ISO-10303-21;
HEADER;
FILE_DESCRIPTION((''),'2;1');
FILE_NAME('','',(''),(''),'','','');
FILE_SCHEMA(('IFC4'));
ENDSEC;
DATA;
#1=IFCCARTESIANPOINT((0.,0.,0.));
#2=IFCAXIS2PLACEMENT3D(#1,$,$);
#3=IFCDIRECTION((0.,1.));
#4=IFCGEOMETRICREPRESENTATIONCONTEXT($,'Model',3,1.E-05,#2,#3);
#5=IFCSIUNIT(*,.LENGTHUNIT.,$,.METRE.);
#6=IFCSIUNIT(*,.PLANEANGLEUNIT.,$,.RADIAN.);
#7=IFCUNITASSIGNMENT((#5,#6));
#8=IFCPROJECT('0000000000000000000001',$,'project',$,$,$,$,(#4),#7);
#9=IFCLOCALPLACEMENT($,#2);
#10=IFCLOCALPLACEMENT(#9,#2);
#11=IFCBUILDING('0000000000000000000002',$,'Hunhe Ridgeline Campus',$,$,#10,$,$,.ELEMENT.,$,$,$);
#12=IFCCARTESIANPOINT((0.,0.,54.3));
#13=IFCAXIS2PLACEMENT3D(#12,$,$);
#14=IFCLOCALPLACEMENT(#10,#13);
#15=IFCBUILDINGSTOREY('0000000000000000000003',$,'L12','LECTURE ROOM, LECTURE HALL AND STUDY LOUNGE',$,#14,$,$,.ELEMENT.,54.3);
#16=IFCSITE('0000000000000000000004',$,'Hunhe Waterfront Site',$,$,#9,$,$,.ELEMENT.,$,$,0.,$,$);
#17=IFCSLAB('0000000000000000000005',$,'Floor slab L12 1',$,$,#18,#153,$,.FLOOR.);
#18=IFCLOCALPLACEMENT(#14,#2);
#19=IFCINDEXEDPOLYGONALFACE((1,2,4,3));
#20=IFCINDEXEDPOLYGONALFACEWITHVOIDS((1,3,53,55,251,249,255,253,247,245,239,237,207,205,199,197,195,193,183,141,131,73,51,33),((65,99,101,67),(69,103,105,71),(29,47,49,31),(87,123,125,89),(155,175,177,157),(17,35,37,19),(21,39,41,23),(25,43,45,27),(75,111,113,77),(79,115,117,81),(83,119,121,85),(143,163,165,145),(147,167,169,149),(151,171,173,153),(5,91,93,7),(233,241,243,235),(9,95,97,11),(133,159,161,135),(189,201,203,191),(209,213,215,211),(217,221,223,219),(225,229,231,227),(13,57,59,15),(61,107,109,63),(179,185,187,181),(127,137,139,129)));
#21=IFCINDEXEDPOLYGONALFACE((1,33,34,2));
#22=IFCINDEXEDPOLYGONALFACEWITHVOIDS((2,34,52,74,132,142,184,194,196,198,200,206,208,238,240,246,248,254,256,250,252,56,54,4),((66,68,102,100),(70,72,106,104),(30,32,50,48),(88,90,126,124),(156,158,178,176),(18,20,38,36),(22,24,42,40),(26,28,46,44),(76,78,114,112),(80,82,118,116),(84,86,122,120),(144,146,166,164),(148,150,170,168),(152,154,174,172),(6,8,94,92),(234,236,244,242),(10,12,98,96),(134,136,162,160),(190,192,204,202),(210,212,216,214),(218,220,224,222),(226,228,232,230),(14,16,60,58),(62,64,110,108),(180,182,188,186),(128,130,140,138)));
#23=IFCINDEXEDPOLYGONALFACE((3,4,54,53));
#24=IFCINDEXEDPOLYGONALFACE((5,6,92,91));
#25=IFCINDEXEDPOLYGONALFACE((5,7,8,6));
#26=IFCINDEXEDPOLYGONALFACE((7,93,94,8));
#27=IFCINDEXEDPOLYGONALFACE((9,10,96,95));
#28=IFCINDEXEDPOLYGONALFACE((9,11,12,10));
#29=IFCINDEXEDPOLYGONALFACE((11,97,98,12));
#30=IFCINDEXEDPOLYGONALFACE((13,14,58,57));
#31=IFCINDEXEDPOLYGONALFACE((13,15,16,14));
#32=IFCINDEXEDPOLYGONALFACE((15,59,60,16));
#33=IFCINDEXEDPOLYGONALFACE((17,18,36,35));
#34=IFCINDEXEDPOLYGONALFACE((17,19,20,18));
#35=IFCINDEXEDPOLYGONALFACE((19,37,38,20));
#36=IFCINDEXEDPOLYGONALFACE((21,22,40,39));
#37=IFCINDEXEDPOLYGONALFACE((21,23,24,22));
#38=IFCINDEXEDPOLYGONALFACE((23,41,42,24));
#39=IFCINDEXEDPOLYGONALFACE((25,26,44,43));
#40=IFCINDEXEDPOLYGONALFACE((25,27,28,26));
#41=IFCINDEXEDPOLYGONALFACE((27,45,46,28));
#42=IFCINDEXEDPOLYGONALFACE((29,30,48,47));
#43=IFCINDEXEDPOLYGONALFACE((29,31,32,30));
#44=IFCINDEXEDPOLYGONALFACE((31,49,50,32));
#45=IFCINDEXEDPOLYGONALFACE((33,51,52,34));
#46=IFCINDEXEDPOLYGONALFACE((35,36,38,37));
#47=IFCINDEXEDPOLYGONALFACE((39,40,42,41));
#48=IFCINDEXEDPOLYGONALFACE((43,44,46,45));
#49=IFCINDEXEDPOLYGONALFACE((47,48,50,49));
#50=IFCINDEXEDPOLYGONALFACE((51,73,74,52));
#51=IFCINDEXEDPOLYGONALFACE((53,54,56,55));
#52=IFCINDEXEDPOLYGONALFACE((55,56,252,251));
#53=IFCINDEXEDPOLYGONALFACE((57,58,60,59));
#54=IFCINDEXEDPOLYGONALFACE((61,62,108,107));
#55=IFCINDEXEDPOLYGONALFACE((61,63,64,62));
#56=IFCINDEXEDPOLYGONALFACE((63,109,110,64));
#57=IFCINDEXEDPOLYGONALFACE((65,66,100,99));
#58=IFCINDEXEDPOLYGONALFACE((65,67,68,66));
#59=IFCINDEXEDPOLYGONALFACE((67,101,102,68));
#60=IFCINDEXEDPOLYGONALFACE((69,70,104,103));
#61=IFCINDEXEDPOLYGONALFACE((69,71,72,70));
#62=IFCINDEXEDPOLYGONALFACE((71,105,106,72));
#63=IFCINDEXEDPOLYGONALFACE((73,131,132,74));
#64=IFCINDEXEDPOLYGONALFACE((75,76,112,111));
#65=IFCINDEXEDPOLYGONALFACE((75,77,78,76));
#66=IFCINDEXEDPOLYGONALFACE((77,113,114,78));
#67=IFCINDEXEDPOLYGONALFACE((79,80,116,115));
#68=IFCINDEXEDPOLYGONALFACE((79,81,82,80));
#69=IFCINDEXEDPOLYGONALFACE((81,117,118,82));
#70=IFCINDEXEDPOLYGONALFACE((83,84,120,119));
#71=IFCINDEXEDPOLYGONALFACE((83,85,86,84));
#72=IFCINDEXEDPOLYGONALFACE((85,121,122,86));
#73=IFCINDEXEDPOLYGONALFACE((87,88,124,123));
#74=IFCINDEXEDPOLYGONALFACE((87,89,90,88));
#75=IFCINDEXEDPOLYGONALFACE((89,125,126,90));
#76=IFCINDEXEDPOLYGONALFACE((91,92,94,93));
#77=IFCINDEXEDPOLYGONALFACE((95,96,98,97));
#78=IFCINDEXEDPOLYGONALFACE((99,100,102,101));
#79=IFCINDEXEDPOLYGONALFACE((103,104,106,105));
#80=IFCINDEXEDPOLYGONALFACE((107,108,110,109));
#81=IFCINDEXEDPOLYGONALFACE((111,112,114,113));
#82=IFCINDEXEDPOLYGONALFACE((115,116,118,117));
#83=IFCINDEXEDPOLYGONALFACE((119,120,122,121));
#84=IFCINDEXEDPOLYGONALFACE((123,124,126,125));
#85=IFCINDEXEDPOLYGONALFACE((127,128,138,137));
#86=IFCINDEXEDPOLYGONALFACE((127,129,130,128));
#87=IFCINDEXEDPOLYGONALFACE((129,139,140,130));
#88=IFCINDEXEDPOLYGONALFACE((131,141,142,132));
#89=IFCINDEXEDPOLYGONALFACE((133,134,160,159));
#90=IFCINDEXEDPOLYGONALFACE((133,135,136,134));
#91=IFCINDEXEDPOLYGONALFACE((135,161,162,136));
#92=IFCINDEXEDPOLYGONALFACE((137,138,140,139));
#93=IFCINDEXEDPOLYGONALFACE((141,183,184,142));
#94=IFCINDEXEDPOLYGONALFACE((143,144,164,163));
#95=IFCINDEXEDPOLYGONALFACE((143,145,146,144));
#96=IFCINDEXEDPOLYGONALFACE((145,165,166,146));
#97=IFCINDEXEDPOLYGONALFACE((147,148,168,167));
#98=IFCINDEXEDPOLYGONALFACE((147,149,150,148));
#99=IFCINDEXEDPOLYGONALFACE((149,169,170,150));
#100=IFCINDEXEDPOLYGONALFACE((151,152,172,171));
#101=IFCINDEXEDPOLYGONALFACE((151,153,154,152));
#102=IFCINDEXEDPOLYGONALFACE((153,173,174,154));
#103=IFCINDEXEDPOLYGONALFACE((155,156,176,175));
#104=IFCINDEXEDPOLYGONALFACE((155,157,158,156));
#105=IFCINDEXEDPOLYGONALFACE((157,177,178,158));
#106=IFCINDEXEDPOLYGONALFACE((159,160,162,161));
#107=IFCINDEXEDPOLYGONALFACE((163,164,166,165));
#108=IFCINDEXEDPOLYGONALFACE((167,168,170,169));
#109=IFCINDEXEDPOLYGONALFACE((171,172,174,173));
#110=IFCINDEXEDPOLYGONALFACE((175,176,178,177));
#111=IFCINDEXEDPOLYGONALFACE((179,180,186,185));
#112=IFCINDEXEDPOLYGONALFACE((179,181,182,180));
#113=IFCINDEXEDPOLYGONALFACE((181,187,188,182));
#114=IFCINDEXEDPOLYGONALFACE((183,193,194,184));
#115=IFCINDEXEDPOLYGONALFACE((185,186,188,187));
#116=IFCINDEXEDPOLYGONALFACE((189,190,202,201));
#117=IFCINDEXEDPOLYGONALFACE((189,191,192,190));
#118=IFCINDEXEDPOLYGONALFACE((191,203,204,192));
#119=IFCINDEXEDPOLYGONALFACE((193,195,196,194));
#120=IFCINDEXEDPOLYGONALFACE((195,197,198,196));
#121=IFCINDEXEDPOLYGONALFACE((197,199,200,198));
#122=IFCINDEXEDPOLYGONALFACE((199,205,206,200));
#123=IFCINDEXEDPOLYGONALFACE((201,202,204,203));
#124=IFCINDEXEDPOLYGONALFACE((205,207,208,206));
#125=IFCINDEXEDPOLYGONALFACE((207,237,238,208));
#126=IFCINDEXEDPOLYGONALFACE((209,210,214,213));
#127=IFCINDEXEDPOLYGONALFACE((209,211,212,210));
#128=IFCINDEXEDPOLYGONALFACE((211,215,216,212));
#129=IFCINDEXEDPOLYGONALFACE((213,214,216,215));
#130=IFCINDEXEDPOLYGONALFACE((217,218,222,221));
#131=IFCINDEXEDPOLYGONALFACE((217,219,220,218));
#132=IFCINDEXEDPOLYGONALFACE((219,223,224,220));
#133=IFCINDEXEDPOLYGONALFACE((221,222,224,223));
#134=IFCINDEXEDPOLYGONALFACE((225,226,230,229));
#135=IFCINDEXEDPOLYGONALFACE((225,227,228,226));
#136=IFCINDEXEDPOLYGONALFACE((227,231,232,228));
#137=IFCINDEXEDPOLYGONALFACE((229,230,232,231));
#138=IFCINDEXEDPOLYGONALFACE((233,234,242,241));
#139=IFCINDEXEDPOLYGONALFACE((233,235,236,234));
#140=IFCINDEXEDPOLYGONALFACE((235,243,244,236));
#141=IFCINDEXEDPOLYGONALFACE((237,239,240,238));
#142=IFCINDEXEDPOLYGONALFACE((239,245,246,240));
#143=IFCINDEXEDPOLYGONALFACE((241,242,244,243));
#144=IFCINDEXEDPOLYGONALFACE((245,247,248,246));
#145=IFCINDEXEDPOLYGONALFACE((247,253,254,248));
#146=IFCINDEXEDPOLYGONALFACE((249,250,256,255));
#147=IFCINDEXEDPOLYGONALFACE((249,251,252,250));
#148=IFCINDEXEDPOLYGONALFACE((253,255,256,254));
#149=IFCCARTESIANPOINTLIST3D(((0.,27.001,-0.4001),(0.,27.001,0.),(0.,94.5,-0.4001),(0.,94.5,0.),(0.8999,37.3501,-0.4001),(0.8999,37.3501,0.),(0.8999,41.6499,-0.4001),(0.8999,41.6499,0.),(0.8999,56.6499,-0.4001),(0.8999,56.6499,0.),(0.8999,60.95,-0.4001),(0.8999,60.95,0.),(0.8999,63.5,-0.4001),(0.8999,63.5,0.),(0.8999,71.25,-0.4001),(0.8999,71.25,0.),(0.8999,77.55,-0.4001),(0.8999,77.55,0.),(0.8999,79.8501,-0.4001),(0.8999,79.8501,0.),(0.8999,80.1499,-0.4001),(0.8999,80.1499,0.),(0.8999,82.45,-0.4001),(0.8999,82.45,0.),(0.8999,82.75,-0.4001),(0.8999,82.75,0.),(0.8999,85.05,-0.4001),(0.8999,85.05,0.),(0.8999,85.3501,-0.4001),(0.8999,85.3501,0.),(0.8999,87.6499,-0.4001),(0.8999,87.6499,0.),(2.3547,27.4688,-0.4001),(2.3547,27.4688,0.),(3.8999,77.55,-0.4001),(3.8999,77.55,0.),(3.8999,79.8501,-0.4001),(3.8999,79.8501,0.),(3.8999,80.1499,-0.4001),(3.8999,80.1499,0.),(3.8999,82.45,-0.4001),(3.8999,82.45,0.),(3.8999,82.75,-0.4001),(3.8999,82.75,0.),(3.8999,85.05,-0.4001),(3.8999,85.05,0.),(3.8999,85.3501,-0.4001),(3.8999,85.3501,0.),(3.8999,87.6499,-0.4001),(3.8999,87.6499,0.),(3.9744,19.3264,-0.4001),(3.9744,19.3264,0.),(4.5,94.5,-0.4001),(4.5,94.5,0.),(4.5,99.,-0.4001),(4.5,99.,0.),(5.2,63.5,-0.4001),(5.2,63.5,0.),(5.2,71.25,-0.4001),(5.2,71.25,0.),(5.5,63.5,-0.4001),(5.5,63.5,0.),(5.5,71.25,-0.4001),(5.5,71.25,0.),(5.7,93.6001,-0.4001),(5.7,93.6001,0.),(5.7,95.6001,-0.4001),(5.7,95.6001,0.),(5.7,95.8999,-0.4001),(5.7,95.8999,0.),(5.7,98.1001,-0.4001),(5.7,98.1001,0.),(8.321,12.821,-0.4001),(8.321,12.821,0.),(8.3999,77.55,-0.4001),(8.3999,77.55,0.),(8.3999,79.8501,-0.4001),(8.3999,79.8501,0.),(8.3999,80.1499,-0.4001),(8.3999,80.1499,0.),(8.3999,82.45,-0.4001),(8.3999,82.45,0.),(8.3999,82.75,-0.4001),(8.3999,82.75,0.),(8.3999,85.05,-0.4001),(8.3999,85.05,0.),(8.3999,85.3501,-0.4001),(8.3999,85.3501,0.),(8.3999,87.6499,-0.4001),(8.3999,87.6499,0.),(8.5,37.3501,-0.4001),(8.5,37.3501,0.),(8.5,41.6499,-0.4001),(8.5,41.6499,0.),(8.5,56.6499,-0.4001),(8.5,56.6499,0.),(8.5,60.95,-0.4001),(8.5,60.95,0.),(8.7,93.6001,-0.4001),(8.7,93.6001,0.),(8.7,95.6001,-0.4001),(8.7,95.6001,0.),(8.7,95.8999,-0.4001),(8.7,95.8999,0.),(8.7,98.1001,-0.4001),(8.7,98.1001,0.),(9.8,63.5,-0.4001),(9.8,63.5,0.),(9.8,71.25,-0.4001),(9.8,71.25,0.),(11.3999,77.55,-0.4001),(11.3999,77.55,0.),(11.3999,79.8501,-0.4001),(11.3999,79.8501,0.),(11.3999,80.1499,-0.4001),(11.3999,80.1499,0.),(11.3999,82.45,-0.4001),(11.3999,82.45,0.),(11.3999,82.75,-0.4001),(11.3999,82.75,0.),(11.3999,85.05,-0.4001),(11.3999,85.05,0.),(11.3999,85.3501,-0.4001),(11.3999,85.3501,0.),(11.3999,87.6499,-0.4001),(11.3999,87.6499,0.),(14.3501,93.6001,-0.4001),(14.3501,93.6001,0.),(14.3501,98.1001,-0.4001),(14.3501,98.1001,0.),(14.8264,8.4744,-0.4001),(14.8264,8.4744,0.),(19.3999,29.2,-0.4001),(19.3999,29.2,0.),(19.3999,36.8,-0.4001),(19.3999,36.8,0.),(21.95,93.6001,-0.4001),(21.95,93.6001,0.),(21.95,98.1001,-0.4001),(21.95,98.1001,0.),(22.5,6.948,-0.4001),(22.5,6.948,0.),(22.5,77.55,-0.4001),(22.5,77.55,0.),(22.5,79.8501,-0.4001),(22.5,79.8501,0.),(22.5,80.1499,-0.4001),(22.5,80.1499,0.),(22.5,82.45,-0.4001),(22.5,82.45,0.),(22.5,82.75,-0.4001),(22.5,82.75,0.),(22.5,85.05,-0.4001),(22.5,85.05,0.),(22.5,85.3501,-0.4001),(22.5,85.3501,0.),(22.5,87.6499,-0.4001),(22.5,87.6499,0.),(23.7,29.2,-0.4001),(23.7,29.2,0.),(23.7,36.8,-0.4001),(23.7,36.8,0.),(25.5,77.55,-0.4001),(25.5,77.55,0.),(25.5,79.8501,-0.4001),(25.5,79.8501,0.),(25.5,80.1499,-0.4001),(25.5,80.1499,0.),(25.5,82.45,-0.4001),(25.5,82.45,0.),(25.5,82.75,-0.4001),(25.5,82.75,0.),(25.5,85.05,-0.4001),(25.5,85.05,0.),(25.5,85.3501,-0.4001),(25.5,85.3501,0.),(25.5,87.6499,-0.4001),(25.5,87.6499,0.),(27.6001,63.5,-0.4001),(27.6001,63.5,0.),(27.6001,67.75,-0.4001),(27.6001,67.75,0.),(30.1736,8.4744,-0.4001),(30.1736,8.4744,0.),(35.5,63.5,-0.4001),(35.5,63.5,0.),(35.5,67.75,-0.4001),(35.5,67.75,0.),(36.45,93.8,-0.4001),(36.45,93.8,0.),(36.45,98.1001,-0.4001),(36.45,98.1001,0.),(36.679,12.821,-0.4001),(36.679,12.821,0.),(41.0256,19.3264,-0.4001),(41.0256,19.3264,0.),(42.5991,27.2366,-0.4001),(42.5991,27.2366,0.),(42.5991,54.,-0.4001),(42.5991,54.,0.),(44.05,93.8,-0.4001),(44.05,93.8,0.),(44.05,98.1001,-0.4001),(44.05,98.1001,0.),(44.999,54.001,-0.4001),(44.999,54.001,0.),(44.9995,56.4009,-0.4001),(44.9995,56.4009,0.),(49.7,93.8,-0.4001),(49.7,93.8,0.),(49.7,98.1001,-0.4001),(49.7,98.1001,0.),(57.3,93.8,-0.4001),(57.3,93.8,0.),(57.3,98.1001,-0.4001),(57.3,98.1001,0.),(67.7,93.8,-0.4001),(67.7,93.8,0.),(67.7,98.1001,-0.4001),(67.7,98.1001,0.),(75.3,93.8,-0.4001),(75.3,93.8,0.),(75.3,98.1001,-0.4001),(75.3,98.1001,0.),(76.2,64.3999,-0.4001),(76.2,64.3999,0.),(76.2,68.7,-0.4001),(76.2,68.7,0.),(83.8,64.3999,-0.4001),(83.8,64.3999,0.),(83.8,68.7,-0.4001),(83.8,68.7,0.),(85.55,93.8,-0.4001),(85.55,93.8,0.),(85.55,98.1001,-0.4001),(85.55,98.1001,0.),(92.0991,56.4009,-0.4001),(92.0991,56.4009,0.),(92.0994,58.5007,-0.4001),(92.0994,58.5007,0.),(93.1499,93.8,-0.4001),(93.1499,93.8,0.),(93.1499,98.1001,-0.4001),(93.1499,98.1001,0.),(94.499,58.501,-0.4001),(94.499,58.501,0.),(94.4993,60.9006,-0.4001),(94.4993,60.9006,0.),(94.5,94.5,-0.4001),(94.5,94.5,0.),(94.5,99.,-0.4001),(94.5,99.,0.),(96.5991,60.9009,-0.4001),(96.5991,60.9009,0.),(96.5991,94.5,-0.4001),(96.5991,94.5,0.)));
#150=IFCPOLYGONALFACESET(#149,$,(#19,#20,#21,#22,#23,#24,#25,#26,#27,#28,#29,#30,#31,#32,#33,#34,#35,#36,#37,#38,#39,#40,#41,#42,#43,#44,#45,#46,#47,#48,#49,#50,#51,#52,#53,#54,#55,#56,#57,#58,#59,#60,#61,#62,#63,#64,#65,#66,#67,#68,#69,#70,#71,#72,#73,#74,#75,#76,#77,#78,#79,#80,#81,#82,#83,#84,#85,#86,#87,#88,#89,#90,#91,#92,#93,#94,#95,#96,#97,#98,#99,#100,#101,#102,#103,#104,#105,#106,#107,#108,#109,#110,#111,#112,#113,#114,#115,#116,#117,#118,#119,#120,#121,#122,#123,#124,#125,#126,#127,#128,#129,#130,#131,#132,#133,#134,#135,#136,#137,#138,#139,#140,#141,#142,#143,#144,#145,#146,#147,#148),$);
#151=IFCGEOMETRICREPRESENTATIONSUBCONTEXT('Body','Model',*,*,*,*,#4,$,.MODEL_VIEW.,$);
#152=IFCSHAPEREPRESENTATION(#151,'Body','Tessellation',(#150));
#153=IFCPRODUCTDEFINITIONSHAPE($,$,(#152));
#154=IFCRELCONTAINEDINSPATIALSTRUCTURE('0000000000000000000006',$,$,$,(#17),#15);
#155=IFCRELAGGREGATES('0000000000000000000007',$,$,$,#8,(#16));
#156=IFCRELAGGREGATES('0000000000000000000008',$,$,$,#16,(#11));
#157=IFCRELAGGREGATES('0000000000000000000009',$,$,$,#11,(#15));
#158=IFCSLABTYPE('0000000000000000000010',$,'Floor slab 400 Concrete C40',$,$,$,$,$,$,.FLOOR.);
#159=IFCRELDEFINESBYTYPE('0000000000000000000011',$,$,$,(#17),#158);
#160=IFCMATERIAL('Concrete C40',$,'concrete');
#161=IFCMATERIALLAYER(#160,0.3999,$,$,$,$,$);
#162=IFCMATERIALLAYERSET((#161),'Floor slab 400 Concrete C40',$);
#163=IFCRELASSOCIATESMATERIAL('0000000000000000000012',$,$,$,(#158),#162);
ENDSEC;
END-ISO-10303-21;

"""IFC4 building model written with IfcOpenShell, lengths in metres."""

from ifc_helpers import new_model, si_unit, direction, frame, origin, place, context, subcontext, project, spatial, polyline, outline, extrude, material, layer, layer_set, type_object, element, save


model = new_model("IFC4")

# Units and contexts
model_context = context("Model", 3, precision=1e-05, world=origin(), true_north=direction((0.0, 1.0)))
body_context = subcontext(model_context, "Body", "Model", "MODEL_VIEW")
ifc_project = project(units=[si_unit("LENGTHUNIT", "METRE"), si_unit("PLANEANGLEUNIT", "RADIAN")], contexts=[model_context])

# Site, building, storey
site_placement = place(None, origin())
site = spatial("IfcSite", under=ifc_project, at=site_placement, Name="Hunhe Waterfront Site", CompositionType="ELEMENT", RefElevation=0.0)
building_placement = place(site_placement, origin())
building = spatial("IfcBuilding", under=site, at=building_placement, Name="Hunhe Ridgeline Campus", CompositionType="ELEMENT")
storey_placement = place(building_placement, frame((0.0, 0.0, 54.3)))
storey = spatial("IfcBuildingStorey", under=building, at=storey_placement, Name="L12", Description="LECTURE ROOM, LECTURE HALL AND STUDY LOUNGE", CompositionType="ELEMENT", Elevation=54.3)

# Slab
ifc_material_1 = material(Name="Concrete C40", Category="concrete")
ifc_layer_1 = layer(ifc_material_1, 0.3999)
ifc_layer_set_1 = layer_set([ifc_layer_1], Name="Floor slab 400 Concrete C40")
slab_type_1 = type_object("IfcSlabType", Name="Floor slab 400 Concrete C40", PredefinedType="FLOOR", material=ifc_layer_set_1)
slab_1_placement = place(storey_placement, frame((0.0, 0.0, -0.4001)))
element("IfcSlab", 1, at=slab_1_placement, inside=storey, type_object=slab_type_1, Name="Floor slab L12 1", PredefinedType="FLOOR", context=body_context, shape_type="SweptSolid", body=[
    extrude(outline(polyline([(4.5, 94.5), (0.0, 94.5), (0.0, 27.001), (2.3547, 27.4688), (3.9744, 19.3264), (8.321, 12.821), (14.8264, 8.4744), (22.5, 6.948), (30.1736, 8.4744), (36.679, 12.821), (41.0256, 19.3264), (42.5991, 27.2366), (42.5991, 54.0), (44.999, 54.001), (44.9995, 56.4009), (92.0991, 56.4009), (92.0994, 58.5007), (94.499, 58.501), (94.4993, 60.9006), (96.5991, 60.9009), (96.5991, 94.5), (94.5, 94.5), (94.5, 99.0), (4.5, 99.0), (4.5, 94.5)]), holes=[polyline([(93.1499, 93.8), (93.1499, 98.1001), (85.55, 98.1001), (85.55, 93.8), (93.1499, 93.8)]), polyline([(76.2, 68.7), (76.2, 64.3999), (83.8, 64.3999), (83.8, 68.7), (76.2, 68.7)]), polyline([(75.3, 98.1001), (67.7, 98.1001), (67.7, 93.8), (75.3, 93.8), (75.3, 98.1001)]), polyline([(49.7, 98.1001), (49.7, 93.8), (57.3, 93.8), (57.3, 98.1001), (49.7, 98.1001)]), polyline([(36.45, 93.8), (44.05, 93.8), (44.05, 98.1001), (36.45, 98.1001), (36.45, 93.8)]), polyline([(35.5, 63.5), (35.5, 67.75), (27.6001, 67.75), (27.6001, 63.5), (35.5, 63.5)]), polyline([(25.5, 80.1499), (25.5, 82.45), (22.5, 82.45), (22.5, 80.1499), (25.5, 80.1499)]), polyline([(25.5, 79.8501), (22.5, 79.8501), (22.5, 77.55), (25.5, 77.55), (25.5, 79.8501)]), polyline([(22.5, 87.6499), (22.5, 85.3501), (25.5, 85.3501), (25.5, 87.6499), (22.5, 87.6499)]), polyline([(22.5, 82.75), (25.5, 82.75), (25.5, 85.05), (22.5, 85.05), (22.5, 82.75)]), polyline([(23.7, 29.2), (23.7, 36.8), (19.3999, 36.8), (19.3999, 29.2), (23.7, 29.2)]), polyline([(14.3501, 93.6001), (21.95, 93.6001), (21.95, 98.1001), (14.3501, 98.1001), (14.3501, 93.6001)]), polyline([(11.3999, 79.8501), (8.3999, 79.8501), (8.3999, 77.55), (11.3999, 77.55), (11.3999, 79.8501)]), polyline([(11.3999, 80.1499), (11.3999, 82.45), (8.3999, 82.45), (8.3999, 80.1499), (11.3999, 80.1499)]), polyline([(8.3999, 87.6499), (8.3999, 85.3501), (11.3999, 85.3501), (11.3999, 87.6499), (8.3999, 87.6499)]), polyline([(8.3999, 82.75), (11.3999, 82.75), (11.3999, 85.05), (8.3999, 85.05), (8.3999, 82.75)]), polyline([(9.8, 71.25), (5.5, 71.25), (5.5, 63.5), (9.8, 63.5), (9.8, 71.25)]), polyline([(8.7, 95.8999), (8.7, 98.1001), (5.7, 98.1001), (5.7, 95.8999), (8.7, 95.8999)]), polyline([(8.7, 95.6001), (5.7, 95.6001), (5.7, 93.6001), (8.7, 93.6001), (8.7, 95.6001)]), polyline([(0.8999, 37.3501), (8.5, 37.3501), (8.5, 41.6499), (0.8999, 41.6499), (0.8999, 37.3501)]), polyline([(0.8999, 60.95), (0.8999, 56.6499), (8.5, 56.6499), (8.5, 60.95), (0.8999, 60.95)]), polyline([(0.8999, 71.25), (0.8999, 63.5), (5.2, 63.5), (5.2, 71.25), (0.8999, 71.25)]), polyline([(3.8999, 80.1499), (3.8999, 82.45), (0.8999, 82.45), (0.8999, 80.1499), (3.8999, 80.1499)]), polyline([(3.8999, 79.8501), (0.8999, 79.8501), (0.8999, 77.55), (3.8999, 77.55), (3.8999, 79.8501)]), polyline([(0.8999, 87.6499), (0.8999, 85.3501), (3.8999, 85.3501), (3.8999, 87.6499), (0.8999, 87.6499)]), polyline([(0.8999, 82.75), (3.8999, 82.75), (3.8999, 85.05), (0.8999, 85.05), (0.8999, 82.75)])]), origin(), (0.0, 0.0, 1.0), 0.4001),
])

save(model, "model.ifc")
